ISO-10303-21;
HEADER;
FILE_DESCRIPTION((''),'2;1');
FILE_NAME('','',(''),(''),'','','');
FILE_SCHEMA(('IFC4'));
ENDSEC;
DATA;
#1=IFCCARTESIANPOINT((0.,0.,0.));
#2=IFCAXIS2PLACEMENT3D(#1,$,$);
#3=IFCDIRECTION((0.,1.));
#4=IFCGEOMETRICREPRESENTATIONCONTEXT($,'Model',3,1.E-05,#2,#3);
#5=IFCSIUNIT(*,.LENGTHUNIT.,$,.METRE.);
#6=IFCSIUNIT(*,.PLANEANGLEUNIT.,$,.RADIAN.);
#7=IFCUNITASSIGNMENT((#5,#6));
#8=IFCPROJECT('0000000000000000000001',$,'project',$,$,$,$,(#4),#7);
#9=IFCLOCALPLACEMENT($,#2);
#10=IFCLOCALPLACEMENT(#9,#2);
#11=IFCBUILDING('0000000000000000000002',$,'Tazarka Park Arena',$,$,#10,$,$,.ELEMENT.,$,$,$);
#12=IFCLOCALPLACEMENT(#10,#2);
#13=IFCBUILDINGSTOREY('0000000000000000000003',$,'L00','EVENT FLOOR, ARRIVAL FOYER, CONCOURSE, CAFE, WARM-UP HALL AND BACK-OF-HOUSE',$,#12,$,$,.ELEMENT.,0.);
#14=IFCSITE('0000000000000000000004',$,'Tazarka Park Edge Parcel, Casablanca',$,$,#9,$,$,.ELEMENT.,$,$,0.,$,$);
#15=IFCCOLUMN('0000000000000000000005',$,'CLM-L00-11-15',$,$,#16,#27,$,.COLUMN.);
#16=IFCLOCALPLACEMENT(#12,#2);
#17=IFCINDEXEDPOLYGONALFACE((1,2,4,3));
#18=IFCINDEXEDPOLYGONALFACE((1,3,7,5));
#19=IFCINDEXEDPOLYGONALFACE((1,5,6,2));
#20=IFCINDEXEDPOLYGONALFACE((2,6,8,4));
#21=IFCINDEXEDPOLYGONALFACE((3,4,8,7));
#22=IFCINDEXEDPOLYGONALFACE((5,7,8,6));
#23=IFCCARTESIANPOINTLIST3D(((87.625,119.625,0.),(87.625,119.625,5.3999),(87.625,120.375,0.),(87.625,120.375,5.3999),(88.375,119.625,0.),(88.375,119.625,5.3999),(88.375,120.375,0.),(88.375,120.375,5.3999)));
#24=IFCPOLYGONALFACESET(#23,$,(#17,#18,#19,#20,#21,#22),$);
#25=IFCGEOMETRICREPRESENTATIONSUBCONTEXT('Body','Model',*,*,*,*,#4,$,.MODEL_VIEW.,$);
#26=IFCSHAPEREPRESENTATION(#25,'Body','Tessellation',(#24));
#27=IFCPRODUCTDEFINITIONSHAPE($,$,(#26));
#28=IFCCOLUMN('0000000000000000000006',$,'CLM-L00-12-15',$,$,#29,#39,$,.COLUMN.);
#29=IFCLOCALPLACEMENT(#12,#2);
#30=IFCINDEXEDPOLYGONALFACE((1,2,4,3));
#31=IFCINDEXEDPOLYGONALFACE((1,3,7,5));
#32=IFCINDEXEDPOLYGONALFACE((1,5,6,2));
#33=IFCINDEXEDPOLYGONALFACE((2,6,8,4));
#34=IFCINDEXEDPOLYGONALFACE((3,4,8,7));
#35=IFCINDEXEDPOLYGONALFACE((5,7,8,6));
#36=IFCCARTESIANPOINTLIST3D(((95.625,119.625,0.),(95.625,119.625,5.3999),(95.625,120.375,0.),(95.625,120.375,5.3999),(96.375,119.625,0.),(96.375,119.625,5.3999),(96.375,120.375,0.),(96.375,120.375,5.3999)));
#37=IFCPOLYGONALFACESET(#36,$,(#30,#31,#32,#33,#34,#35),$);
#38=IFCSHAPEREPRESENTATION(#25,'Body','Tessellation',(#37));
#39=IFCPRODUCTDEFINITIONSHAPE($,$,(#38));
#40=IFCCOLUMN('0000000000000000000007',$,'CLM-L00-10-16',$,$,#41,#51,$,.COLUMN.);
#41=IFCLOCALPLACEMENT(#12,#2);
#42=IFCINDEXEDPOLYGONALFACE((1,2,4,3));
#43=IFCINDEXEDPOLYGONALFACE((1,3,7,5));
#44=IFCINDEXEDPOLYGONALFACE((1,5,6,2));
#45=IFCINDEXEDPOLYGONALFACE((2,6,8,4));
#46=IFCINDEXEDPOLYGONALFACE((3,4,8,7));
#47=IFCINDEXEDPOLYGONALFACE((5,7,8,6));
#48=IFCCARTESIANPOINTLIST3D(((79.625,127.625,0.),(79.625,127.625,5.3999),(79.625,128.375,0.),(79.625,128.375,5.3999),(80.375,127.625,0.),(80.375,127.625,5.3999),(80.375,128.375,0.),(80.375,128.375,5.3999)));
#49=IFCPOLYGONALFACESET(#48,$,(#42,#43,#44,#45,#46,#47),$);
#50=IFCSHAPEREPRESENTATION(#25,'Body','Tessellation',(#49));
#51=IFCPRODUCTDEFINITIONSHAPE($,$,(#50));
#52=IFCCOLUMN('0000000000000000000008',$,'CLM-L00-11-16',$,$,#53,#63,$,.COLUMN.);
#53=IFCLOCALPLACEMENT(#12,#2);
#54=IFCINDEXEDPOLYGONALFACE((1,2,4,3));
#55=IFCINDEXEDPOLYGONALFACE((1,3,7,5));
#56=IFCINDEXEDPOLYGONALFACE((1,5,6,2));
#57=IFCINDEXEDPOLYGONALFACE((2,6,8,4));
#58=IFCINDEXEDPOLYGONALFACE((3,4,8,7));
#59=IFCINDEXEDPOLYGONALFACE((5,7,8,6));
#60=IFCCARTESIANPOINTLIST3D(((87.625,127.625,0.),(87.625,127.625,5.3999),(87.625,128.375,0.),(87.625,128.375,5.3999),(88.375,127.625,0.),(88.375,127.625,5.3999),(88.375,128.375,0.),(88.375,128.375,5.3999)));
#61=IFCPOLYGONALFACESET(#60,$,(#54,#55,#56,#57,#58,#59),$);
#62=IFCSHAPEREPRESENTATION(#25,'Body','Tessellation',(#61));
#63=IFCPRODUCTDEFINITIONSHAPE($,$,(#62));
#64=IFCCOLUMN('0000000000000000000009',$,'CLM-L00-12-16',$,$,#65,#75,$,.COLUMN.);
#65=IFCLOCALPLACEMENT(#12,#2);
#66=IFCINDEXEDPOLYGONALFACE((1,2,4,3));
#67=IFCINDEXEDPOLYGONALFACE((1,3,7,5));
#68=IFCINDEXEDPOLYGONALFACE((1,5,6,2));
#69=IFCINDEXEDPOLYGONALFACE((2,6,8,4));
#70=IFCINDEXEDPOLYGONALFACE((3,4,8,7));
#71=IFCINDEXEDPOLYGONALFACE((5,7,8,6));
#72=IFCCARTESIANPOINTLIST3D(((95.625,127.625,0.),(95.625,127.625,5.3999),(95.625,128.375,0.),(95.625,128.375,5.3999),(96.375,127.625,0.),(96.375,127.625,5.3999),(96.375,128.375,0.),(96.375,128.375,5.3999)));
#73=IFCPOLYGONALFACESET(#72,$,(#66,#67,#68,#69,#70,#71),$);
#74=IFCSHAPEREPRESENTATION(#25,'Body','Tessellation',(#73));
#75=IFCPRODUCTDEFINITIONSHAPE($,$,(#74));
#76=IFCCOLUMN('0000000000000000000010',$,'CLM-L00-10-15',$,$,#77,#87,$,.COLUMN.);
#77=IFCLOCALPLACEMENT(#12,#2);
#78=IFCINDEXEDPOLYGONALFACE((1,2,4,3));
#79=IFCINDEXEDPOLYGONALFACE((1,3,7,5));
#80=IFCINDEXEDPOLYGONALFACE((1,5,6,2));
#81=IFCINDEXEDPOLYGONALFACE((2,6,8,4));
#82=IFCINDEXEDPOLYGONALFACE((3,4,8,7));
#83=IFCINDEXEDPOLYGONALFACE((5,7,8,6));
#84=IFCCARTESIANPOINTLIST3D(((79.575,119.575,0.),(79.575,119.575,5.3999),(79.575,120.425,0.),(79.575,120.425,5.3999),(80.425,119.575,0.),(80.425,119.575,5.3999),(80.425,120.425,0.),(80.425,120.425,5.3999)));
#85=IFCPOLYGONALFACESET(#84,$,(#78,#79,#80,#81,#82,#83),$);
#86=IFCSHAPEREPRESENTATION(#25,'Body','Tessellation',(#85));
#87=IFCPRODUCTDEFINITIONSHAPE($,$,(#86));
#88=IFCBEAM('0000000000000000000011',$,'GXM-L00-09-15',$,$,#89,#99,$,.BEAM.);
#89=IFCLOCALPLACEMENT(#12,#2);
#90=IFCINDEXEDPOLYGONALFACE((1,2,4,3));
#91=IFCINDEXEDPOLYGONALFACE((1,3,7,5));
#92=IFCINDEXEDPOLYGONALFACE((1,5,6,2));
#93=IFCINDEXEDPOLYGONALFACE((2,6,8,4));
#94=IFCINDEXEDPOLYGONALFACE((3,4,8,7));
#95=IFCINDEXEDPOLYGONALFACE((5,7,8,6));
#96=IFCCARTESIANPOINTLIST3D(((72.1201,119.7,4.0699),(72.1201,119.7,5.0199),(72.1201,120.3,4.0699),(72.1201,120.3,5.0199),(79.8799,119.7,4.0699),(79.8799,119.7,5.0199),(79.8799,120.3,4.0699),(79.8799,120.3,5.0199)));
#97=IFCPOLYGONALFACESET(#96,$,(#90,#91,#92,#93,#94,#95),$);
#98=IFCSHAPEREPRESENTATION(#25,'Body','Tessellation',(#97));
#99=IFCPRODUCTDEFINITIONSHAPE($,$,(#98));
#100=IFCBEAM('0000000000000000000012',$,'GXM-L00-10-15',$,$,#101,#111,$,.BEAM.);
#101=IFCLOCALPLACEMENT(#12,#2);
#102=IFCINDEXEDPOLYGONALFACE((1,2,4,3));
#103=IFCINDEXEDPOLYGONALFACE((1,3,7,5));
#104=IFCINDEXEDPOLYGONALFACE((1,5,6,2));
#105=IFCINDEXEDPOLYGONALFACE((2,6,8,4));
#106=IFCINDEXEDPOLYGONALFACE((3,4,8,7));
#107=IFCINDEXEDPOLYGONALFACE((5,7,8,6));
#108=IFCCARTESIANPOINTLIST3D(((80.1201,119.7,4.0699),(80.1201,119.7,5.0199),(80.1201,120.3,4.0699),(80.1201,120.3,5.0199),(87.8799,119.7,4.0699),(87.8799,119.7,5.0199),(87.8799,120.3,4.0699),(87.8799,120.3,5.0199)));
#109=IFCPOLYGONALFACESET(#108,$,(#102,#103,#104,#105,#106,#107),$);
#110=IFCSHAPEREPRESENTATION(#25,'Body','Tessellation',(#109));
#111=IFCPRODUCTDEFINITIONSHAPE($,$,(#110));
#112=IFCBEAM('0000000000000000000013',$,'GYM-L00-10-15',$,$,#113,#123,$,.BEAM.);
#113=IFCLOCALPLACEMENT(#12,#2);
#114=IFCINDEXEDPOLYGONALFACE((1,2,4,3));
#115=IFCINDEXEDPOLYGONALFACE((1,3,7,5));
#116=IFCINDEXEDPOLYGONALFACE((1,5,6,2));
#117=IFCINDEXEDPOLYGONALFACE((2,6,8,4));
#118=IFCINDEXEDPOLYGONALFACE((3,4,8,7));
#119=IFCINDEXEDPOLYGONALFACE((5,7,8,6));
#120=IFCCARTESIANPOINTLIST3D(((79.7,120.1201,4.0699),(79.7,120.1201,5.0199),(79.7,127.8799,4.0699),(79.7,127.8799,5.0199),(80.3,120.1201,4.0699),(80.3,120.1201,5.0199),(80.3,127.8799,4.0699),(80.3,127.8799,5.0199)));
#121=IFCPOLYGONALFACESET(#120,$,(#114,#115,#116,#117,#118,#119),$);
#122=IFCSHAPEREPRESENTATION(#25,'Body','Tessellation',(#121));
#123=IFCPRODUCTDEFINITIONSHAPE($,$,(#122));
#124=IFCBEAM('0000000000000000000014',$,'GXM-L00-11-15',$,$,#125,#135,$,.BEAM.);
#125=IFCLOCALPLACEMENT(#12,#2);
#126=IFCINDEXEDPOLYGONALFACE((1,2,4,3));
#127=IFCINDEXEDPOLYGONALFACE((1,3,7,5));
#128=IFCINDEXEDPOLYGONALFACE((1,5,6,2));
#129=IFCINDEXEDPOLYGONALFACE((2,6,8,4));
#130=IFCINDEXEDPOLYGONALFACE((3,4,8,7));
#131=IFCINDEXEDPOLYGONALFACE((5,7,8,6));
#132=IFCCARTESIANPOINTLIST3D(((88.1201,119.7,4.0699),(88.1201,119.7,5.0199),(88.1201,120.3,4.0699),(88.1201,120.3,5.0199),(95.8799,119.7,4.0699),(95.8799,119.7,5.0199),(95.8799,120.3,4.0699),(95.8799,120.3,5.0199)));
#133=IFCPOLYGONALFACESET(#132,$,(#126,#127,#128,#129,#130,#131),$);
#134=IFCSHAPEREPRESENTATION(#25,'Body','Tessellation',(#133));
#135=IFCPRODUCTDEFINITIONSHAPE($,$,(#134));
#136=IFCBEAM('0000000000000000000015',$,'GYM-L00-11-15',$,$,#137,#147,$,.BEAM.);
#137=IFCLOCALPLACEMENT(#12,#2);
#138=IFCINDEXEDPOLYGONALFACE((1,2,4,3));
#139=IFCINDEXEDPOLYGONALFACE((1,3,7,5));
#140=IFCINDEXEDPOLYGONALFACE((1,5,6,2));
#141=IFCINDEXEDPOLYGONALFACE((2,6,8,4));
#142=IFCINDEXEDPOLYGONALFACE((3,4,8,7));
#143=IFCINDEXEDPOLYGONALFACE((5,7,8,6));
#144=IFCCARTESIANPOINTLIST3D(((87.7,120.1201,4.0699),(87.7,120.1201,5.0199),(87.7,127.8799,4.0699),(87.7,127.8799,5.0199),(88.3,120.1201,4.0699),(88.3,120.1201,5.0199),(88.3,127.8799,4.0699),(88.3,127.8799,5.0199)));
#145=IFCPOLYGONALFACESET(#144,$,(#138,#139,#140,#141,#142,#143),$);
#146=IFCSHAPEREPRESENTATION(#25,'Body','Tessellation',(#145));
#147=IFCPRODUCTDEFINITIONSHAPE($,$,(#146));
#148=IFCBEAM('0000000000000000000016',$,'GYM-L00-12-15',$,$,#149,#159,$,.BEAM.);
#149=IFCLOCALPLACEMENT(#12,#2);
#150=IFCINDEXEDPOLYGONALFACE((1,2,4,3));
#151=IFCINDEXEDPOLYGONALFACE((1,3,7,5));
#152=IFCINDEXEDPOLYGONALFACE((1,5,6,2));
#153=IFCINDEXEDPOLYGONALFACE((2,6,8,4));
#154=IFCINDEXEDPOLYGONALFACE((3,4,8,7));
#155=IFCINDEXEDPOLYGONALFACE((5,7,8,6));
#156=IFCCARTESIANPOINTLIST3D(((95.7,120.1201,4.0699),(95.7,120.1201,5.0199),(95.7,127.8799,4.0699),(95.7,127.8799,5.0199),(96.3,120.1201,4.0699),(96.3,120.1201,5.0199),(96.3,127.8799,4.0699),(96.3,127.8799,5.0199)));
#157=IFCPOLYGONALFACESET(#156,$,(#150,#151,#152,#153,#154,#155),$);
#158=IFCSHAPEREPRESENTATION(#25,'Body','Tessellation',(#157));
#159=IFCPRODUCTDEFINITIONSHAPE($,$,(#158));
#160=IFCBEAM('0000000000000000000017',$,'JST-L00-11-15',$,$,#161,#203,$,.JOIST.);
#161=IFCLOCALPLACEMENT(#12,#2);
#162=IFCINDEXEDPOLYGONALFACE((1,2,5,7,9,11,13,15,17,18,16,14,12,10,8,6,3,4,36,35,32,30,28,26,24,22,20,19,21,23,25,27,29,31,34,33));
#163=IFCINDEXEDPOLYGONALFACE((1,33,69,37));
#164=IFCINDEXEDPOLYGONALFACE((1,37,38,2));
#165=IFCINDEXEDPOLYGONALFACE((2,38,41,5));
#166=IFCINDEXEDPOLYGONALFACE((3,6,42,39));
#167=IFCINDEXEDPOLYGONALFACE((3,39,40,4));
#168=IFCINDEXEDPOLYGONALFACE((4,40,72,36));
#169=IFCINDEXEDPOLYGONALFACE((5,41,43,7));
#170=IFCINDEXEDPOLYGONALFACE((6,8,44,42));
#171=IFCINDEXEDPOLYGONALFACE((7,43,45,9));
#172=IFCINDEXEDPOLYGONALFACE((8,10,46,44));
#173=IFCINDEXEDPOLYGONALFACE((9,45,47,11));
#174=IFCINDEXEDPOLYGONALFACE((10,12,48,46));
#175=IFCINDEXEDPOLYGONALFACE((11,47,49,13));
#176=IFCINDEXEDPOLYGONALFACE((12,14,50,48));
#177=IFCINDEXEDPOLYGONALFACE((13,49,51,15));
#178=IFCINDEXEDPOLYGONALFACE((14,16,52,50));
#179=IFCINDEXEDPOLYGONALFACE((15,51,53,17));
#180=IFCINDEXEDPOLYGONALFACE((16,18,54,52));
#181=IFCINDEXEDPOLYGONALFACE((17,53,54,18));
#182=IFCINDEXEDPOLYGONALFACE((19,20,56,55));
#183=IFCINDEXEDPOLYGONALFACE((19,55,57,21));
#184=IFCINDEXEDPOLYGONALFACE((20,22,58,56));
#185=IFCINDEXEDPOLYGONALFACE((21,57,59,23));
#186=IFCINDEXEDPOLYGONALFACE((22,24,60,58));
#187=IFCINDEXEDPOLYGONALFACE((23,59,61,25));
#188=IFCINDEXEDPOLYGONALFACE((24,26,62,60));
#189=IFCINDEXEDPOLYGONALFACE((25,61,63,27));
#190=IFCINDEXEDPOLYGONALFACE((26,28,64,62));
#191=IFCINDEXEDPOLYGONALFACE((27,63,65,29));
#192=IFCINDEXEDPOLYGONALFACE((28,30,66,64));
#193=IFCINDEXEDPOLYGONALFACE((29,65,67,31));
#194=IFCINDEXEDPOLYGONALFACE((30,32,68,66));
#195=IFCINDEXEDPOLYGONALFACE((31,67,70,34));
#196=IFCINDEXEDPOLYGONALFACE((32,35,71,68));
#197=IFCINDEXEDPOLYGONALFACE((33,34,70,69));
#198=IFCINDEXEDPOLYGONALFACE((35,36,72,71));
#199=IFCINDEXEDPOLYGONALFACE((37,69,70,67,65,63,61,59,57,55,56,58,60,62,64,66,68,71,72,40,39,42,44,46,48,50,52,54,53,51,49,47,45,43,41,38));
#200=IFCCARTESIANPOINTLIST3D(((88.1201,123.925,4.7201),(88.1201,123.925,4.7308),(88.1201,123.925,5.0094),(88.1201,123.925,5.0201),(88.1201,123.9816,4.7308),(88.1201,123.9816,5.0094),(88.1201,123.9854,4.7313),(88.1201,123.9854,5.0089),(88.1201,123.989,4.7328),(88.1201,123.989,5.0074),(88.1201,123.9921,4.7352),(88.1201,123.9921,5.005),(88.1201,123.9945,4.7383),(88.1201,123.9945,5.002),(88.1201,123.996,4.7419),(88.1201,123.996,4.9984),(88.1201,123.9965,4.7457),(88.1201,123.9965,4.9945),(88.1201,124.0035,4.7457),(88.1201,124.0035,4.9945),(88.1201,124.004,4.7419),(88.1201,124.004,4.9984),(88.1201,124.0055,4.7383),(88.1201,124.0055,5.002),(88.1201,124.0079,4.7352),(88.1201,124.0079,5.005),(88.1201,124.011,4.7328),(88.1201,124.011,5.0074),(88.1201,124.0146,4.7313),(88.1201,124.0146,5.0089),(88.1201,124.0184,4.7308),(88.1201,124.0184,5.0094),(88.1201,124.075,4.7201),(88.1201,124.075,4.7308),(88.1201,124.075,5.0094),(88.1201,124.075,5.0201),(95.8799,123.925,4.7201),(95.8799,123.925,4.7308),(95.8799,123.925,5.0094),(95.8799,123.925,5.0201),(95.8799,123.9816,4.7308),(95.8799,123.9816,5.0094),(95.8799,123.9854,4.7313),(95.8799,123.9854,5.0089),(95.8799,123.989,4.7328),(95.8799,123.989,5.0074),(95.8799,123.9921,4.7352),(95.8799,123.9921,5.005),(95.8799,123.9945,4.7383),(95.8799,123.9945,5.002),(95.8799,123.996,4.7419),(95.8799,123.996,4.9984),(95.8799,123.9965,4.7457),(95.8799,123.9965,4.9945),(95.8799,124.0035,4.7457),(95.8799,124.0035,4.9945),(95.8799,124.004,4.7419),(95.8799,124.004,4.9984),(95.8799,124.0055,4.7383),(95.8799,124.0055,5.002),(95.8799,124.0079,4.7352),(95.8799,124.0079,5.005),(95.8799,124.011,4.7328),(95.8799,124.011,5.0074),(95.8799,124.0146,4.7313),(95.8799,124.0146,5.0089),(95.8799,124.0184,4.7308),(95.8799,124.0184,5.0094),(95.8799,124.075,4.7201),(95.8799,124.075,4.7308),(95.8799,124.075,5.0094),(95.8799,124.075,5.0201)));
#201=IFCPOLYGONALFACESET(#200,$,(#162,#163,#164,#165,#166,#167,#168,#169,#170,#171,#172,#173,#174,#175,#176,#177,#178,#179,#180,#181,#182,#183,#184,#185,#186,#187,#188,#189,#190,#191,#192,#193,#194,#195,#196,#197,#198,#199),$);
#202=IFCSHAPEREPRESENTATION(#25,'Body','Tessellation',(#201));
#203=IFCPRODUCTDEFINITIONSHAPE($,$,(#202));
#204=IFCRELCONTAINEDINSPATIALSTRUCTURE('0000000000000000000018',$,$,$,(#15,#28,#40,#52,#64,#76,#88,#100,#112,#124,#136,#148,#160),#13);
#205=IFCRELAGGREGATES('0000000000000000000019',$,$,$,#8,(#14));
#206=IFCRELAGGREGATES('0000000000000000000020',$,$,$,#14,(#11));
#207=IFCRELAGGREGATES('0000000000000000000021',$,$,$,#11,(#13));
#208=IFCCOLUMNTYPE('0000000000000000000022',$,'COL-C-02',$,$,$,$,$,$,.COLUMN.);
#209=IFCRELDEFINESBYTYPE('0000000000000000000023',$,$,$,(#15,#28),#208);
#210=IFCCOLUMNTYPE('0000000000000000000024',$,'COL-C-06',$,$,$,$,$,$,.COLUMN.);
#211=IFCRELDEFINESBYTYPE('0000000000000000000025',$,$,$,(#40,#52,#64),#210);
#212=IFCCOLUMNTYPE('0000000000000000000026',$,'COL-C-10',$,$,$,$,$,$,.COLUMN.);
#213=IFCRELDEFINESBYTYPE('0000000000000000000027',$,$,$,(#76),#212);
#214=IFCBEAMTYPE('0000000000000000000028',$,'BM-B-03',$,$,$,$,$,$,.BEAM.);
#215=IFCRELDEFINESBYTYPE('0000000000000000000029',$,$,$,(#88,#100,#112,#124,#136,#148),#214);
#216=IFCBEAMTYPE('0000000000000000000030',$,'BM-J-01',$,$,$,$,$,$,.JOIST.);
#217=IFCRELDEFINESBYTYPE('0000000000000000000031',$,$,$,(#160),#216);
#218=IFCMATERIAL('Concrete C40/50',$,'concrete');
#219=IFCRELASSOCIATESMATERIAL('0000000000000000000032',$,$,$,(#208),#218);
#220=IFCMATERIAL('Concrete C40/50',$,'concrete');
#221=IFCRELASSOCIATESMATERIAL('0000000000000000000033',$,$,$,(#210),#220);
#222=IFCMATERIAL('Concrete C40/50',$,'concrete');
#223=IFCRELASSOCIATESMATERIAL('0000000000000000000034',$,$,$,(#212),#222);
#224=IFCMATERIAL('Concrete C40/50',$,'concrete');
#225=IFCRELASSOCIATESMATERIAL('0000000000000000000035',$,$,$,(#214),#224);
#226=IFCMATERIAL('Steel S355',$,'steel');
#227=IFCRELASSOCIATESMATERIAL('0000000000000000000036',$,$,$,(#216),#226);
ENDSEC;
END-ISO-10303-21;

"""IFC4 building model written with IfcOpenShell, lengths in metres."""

from ifc_helpers import new_model, si_unit, direction, frame, origin, origin_2d, place, context, subcontext, project, spatial, rectangle, i_section, extrude, material, material_profile, profile_set, type_object, element, save


model = new_model("IFC4")

# Units and contexts
model_context = context("Model", 3, precision=1e-05, world=origin(), true_north=direction((0.0, 1.0)))
body_context = subcontext(model_context, "Body", "Model", "MODEL_VIEW")
ifc_project = project(units=[si_unit("LENGTHUNIT", "METRE"), si_unit("PLANEANGLEUNIT", "RADIAN")], contexts=[model_context])

# Site, building, storey
site_placement = place(None, origin())
site = spatial("IfcSite", under=ifc_project, at=site_placement, Name="Tazarka Park Edge Parcel, Casablanca", CompositionType="ELEMENT", RefElevation=0.0)
building_placement = place(site_placement, origin())
building = spatial("IfcBuilding", under=site, at=building_placement, Name="Tazarka Park Arena", CompositionType="ELEMENT")
storey_placement = place(building_placement, origin())
storey = spatial("IfcBuildingStorey", under=building, at=storey_placement, Name="L00", Description="EVENT FLOOR, ARRIVAL FOYER, CONCOURSE, CAFE, WARM-UP HALL AND BACK-OF-HOUSE", CompositionType="ELEMENT", Elevation=0.0)

# Columns
ifc_material_1 = material(Name="Concrete C40/50", Category="concrete")
ifc_material_profile_1 = material_profile(ifc_material_1, rectangle(XDim=0.75, YDim=0.75, at=origin_2d()), Name="Concrete C40/50")
ifc_profile_set_1 = profile_set([ifc_material_profile_1], Name="Concrete C40/50")
column_type_1 = type_object("IfcColumnType", Name="COL-C-02", PredefinedType="COLUMN", material=ifc_profile_set_1)
for number, where, z_axis, x_axis, name in (
    (1, (88.0, 120.0, 0.0), (0.0, 0.0, 1.0), (1.0, 0.0, 0.0), "CLM-L00-11-15"),
    (2, (96.0, 120.0, 0.0), (0.0, 0.0, 1.0), (1.0, 0.0, 0.0), "CLM-L00-12-15"),
):
    element("IfcColumn", number, at=place(storey_placement, frame(where, z_axis=z_axis, x_axis=x_axis)), inside=storey, type_object=column_type_1, Name=name, PredefinedType="COLUMN", context=body_context, shape_type="SweptSolid", body=[
        extrude(rectangle(XDim=0.75, YDim=0.75, at=origin_2d()), origin(), (0.0, 0.0, 1.0), 5.3999),
    ])
ifc_material_2 = material(Name="Concrete C40/50", Category="concrete")
ifc_material_profile_2 = material_profile(ifc_material_2, rectangle(XDim=0.75, YDim=0.75, at=origin_2d()), Name="Concrete C40/50")
ifc_profile_set_2 = profile_set([ifc_material_profile_2], Name="Concrete C40/50")
column_type_2 = type_object("IfcColumnType", Name="COL-C-06", PredefinedType="COLUMN", material=ifc_profile_set_2)
for number, where, z_axis, x_axis, name in (
    (3, (80.0, 128.0, 0.0), (0.0, 0.0, 1.0), (1.0, 0.0, 0.0), "CLM-L00-10-16"),
    (4, (88.0, 128.0, 0.0), (0.0, 0.0, 1.0), (1.0, 0.0, 0.0), "CLM-L00-11-16"),
    (5, (96.0, 128.0, 0.0), (0.0, 0.0, 1.0), (1.0, 0.0, 0.0), "CLM-L00-12-16"),
):
    element("IfcColumn", number, at=place(storey_placement, frame(where, z_axis=z_axis, x_axis=x_axis)), inside=storey, type_object=column_type_2, Name=name, PredefinedType="COLUMN", context=body_context, shape_type="SweptSolid", body=[
        extrude(rectangle(XDim=0.75, YDim=0.75, at=origin_2d()), origin(), (0.0, 0.0, 1.0), 5.3999),
    ])
ifc_material_3 = material(Name="Concrete C40/50", Category="concrete")
ifc_material_profile_3 = material_profile(ifc_material_3, rectangle(XDim=0.8501, YDim=0.8501, at=origin_2d()), Name="Concrete C40/50")
ifc_profile_set_3 = profile_set([ifc_material_profile_3], Name="Concrete C40/50")
column_type_3 = type_object("IfcColumnType", Name="COL-C-10", PredefinedType="COLUMN", material=ifc_profile_set_3)
column_placement = place(storey_placement, frame((80.0, 120.0, 0.0), z_axis=(0.0, 0.0, 1.0), x_axis=(1.0, 0.0, 0.0)))
element("IfcColumn", 6, at=column_placement, inside=storey, type_object=column_type_3, Name="CLM-L00-10-15", PredefinedType="COLUMN", context=body_context, shape_type="SweptSolid", body=[
    extrude(rectangle(XDim=0.8501, YDim=0.8501, at=origin_2d()), origin(), (0.0, 0.0, 1.0), 5.3999),
])

# Beams
ifc_material_4 = material(Name="Concrete C40/50", Category="concrete")
ifc_material_profile_4 = material_profile(ifc_material_4, rectangle(XDim=0.6001, YDim=0.95, at=origin_2d()), Name="Concrete C40/50")
ifc_profile_set_4 = profile_set([ifc_material_profile_4], Name="Concrete C40/50")
beam_type_1 = type_object("IfcBeamType", Name="BM-B-03", PredefinedType="BEAM", material=ifc_profile_set_4)
for number, where, z_axis, x_axis, name in (
    (7, (72.1201, 120.0, 4.5449), (1.0, 0.0, 0.0), (0.0, 1.0, 0.0), "GXM-L00-09-15"),
    (8, (80.1201, 120.0, 4.5449), (1.0, 0.0, 0.0), (0.0, 1.0, 0.0), "GXM-L00-10-15"),
    (9, (80.0, 120.1201, 4.5449), (0.0, 1.0, 0.0), (-1.0, 0.0, 0.0), "GYM-L00-10-15"),
    (10, (88.1201, 120.0, 4.5449), (1.0, 0.0, 0.0), (0.0, 1.0, 0.0), "GXM-L00-11-15"),
    (11, (88.0, 120.1201, 4.5449), (0.0, 1.0, 0.0), (-1.0, 0.0, 0.0), "GYM-L00-11-15"),
    (12, (96.0, 120.1201, 4.5449), (0.0, 1.0, 0.0), (-1.0, 0.0, 0.0), "GYM-L00-12-15"),
):
    element("IfcBeam", number, at=place(storey_placement, frame(where, z_axis=z_axis, x_axis=x_axis)), inside=storey, type_object=beam_type_1, Name=name, PredefinedType="BEAM", context=body_context, shape_type="SweptSolid", body=[
        extrude(rectangle(XDim=0.6001, YDim=0.95, at=origin_2d()), origin(), (0.0, 0.0, 1.0), 7.7598),
    ])
ifc_material_5 = material(Name="Steel S355", Category="steel")
ifc_material_profile_5 = material_profile(ifc_material_5, i_section(OverallWidth=0.1499, OverallDepth=0.3, WebThickness=0.0071, FlangeThickness=0.0107, FilletRadius=0.0149, at=origin_2d()), Name="Steel S355")
ifc_profile_set_5 = profile_set([ifc_material_profile_5], Name="Steel S355")
beam_type_2 = type_object("IfcBeamType", Name="BM-J-01", PredefinedType="JOIST", material=ifc_profile_set_5)
beam_1_placement = place(storey_placement, frame((88.1201, 124.0, 4.8701), z_axis=(1.0, 0.0, 0.0), x_axis=(0.0, 1.0, 0.0)))
element("IfcBeam", 13, at=beam_1_placement, inside=storey, type_object=beam_type_2, Name="JST-L00-11-15", PredefinedType="JOIST", context=body_context, shape_type="SweptSolid", body=[
    extrude(i_section(OverallWidth=0.1499, OverallDepth=0.3, WebThickness=0.0071, FlangeThickness=0.0107, FilletRadius=0.0149, at=origin_2d()), origin(), (0.0, 0.0, 1.0), 7.7598),
])

save(model, "model.ifc")
